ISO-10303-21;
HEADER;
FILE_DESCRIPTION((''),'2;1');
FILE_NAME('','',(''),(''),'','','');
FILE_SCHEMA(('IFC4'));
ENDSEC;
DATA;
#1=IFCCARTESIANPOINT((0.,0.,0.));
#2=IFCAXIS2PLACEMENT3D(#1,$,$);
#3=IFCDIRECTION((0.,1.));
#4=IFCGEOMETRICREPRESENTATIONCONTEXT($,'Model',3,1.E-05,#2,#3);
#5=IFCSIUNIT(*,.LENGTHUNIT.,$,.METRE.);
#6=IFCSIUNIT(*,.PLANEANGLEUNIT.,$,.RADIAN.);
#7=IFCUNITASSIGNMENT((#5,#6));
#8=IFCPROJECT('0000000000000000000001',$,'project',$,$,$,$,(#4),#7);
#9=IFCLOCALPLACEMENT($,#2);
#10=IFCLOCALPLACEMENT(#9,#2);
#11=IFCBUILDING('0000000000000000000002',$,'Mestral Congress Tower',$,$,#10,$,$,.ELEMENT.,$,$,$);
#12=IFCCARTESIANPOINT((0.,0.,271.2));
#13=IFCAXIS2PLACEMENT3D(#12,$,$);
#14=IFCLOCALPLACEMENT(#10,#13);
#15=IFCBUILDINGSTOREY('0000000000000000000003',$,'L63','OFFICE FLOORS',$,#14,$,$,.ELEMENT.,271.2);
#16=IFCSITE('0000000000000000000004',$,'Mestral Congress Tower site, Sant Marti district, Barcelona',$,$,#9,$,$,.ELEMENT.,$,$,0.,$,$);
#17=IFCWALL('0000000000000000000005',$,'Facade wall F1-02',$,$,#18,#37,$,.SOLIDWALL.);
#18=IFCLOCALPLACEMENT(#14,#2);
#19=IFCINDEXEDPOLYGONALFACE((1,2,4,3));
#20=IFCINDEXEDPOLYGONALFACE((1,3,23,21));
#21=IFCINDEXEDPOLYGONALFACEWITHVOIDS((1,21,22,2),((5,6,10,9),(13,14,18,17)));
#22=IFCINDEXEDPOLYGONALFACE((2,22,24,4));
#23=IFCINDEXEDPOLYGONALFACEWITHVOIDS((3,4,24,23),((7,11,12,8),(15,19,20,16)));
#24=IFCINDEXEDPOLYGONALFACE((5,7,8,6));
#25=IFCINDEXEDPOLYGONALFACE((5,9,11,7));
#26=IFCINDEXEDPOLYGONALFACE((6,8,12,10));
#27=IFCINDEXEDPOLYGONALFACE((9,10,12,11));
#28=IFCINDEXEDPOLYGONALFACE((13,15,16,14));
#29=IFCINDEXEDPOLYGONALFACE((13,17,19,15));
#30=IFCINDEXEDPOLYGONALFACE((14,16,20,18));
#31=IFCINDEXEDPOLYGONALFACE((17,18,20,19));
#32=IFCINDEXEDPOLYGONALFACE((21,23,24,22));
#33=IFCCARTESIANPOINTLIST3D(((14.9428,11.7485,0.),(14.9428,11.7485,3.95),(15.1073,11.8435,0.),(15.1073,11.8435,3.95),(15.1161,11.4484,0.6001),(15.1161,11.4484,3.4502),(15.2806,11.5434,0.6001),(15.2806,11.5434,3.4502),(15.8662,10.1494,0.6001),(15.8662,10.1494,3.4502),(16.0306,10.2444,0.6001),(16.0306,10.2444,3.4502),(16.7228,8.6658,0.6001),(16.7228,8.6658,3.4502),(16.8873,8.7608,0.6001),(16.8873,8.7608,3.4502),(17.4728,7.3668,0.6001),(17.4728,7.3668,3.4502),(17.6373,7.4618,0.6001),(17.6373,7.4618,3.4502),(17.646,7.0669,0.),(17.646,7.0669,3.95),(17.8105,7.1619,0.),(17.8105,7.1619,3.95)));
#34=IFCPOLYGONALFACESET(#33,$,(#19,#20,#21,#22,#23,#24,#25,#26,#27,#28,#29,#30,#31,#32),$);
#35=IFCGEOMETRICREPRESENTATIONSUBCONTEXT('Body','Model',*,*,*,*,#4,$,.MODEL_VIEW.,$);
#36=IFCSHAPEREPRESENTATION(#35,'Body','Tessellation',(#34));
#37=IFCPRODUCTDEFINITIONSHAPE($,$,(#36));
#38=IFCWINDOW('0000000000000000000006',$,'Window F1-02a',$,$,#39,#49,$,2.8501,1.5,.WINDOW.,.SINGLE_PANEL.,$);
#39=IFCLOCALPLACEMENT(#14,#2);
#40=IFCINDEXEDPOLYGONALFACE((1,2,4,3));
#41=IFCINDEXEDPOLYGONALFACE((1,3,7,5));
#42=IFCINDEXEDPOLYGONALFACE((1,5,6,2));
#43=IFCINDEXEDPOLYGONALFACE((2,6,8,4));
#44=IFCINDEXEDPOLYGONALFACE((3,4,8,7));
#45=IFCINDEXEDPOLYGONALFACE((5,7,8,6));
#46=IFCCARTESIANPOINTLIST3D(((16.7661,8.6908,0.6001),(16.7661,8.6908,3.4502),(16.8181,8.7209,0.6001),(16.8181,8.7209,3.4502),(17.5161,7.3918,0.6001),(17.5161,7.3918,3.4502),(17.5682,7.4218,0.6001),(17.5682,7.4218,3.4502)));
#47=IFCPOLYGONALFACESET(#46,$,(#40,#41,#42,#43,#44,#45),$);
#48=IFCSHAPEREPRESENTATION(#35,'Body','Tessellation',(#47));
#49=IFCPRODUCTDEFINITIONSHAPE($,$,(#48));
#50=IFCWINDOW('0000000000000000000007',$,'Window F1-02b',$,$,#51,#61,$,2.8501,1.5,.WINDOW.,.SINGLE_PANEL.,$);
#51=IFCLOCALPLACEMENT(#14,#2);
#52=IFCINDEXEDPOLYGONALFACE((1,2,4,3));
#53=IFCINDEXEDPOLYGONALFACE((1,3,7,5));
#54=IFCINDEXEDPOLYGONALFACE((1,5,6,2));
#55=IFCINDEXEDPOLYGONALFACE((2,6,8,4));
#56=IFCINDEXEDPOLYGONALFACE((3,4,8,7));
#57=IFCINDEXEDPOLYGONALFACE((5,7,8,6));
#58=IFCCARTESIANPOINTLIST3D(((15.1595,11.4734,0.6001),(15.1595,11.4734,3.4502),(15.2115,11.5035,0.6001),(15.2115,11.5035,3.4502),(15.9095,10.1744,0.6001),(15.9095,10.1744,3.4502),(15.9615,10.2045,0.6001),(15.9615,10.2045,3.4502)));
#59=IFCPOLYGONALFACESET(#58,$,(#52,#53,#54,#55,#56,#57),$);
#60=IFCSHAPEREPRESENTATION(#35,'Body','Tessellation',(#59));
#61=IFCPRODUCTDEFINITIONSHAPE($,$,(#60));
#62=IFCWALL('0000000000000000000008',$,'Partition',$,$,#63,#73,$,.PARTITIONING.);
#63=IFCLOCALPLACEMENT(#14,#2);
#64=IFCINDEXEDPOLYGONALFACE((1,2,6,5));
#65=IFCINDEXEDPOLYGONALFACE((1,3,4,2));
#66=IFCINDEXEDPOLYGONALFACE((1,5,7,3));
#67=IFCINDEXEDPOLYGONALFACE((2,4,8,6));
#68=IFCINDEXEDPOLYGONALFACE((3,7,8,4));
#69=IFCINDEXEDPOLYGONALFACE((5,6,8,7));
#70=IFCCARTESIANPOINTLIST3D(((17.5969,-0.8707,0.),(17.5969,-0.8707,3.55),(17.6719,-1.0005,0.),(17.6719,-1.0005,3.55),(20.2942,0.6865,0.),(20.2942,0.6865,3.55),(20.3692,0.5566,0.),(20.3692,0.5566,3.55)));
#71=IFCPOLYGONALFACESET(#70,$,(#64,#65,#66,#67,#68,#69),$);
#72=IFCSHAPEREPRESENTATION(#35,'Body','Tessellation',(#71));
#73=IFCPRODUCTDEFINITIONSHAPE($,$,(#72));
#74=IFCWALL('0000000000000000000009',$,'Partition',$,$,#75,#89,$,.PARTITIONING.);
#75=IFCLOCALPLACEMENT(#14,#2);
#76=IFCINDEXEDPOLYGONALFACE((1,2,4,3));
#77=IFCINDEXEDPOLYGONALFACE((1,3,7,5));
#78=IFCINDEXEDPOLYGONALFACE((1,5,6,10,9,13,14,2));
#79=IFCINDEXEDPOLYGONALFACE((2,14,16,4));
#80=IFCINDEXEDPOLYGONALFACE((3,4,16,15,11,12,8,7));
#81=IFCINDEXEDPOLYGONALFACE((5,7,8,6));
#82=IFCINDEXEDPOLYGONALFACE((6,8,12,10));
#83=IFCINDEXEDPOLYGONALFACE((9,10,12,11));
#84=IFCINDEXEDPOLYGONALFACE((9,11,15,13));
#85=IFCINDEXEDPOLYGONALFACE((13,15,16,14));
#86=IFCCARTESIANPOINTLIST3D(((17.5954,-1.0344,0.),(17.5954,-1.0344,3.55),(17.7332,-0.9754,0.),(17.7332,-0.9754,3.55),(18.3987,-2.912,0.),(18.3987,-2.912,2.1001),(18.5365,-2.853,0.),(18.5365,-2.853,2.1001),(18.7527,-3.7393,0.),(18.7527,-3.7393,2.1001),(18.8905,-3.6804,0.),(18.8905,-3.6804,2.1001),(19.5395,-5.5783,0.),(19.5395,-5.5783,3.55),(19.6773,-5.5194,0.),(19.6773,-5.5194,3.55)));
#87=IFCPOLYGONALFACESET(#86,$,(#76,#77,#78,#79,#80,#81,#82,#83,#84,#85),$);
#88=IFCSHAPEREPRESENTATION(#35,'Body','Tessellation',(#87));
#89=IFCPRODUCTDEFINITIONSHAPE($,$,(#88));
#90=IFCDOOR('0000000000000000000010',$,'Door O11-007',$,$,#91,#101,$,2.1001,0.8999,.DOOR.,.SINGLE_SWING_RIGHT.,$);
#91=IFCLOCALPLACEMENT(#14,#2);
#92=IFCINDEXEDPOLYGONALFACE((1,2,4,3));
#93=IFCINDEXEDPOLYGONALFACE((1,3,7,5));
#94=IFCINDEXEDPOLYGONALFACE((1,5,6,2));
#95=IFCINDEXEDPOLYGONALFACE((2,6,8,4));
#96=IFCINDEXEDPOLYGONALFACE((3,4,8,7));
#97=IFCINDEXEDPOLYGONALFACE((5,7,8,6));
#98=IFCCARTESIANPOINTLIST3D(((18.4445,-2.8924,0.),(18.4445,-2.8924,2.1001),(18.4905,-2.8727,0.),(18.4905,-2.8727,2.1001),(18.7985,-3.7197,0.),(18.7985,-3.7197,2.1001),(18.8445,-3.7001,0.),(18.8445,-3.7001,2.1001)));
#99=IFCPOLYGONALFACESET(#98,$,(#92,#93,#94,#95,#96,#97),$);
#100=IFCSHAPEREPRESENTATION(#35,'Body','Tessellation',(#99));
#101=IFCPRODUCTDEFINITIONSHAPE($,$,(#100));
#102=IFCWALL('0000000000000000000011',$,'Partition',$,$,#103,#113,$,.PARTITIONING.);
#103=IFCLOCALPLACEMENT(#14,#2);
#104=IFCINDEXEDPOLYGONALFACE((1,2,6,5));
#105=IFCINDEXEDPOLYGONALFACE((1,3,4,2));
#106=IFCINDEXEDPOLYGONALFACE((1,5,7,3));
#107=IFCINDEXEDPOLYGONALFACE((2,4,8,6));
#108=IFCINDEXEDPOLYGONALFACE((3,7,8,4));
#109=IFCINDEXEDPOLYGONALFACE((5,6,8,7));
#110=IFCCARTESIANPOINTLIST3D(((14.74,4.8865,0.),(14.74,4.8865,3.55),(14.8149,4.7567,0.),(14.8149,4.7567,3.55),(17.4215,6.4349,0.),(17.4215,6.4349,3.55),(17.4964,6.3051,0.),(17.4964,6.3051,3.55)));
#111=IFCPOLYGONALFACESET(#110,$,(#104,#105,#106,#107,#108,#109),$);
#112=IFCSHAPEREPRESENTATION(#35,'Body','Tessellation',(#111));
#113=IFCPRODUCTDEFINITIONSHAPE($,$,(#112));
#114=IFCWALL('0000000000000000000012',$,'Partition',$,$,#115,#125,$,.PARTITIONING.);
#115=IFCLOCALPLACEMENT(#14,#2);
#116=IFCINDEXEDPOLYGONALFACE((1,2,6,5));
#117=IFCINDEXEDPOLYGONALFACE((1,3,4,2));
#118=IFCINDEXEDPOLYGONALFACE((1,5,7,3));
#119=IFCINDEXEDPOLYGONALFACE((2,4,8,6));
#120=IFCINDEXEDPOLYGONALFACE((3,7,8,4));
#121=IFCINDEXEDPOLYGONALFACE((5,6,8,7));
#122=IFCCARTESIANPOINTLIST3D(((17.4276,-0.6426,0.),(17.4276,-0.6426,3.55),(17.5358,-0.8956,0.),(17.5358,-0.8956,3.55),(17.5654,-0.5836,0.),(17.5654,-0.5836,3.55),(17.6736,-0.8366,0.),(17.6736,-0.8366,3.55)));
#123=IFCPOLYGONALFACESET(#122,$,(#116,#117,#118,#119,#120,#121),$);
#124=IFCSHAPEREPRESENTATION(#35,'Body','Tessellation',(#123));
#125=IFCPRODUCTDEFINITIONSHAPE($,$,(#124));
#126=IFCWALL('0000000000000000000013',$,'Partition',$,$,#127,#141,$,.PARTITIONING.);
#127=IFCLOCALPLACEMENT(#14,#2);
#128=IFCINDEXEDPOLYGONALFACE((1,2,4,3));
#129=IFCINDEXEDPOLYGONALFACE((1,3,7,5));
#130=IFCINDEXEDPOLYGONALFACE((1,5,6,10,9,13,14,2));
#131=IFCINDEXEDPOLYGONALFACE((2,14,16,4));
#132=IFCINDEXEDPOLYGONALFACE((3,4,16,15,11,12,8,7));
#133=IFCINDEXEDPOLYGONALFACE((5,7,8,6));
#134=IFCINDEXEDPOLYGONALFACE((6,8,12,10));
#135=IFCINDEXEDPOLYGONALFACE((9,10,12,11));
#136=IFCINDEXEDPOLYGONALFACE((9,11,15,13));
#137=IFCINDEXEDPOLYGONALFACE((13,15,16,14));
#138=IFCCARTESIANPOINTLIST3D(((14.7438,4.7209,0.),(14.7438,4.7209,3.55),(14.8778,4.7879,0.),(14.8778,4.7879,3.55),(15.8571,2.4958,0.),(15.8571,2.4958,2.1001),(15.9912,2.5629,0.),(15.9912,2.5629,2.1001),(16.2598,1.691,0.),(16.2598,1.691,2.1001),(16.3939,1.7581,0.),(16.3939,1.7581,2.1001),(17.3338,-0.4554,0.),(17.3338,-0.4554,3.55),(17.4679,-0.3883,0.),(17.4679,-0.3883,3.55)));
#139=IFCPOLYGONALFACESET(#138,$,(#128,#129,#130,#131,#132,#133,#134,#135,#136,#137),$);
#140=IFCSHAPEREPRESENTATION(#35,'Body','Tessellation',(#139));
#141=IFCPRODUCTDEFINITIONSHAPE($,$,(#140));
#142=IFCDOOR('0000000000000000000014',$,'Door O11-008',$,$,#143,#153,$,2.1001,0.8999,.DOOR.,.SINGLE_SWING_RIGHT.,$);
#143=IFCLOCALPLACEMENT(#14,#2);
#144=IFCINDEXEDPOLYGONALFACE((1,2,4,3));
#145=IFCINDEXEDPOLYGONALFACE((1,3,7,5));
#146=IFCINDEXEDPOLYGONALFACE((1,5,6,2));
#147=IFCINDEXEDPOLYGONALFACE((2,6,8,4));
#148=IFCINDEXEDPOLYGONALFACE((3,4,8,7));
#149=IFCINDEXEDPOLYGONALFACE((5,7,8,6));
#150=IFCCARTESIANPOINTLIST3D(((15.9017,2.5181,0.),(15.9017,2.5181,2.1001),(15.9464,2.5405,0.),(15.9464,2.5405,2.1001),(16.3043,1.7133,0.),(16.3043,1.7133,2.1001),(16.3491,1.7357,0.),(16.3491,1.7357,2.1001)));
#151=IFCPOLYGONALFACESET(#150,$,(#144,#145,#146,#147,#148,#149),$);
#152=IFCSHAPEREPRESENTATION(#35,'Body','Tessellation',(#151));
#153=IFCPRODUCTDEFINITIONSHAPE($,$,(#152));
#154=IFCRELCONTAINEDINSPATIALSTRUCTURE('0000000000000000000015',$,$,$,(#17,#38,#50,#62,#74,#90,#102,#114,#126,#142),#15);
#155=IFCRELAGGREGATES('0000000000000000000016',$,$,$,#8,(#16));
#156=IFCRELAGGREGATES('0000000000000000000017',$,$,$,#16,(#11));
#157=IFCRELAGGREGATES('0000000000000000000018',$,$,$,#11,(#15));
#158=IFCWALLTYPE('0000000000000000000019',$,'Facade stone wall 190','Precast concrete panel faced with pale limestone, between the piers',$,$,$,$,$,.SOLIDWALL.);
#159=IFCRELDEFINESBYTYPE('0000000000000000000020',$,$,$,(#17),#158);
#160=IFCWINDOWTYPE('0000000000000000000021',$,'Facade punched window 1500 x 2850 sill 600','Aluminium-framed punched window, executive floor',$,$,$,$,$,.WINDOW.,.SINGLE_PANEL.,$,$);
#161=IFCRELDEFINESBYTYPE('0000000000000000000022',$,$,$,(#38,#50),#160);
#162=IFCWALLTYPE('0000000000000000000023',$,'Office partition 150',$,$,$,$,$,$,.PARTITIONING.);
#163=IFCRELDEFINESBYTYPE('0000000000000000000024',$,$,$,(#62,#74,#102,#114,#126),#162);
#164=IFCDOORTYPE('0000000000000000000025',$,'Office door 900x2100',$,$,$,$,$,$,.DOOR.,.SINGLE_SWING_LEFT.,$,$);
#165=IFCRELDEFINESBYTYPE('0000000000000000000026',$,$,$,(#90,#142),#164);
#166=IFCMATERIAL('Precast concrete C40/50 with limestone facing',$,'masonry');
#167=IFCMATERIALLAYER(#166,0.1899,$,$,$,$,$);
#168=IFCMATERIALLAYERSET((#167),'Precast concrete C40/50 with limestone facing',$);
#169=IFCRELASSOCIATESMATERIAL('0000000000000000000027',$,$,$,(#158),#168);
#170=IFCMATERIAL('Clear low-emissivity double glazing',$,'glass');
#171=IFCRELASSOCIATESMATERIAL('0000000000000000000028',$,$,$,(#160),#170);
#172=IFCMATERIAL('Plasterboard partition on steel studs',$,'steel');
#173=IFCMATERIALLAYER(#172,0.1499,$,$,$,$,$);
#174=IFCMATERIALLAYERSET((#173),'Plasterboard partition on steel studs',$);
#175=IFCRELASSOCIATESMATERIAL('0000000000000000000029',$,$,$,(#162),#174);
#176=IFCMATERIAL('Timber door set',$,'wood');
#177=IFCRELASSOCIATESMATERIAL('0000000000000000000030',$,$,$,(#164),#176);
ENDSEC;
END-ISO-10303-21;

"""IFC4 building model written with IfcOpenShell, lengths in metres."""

from ifc_helpers import new_model, si_unit, direction, frame, frame_2d, origin, place, context, subcontext, project, spatial, rectangle, extrude, material, layer, layer_set, type_object, element, fill, save


model = new_model("IFC4")

# Units and contexts
model_context = context("Model", 3, precision=1e-05, world=origin(), true_north=direction((0.0, 1.0)))
body_context = subcontext(model_context, "Body", "Model", "MODEL_VIEW")
ifc_project = project(units=[si_unit("LENGTHUNIT", "METRE"), si_unit("PLANEANGLEUNIT", "RADIAN")], contexts=[model_context])

# Site, building, storey
site_placement = place(None, origin())
site = spatial("IfcSite", under=ifc_project, at=site_placement, Name="Mestral Congress Tower site, Sant Marti district, Barcelona", CompositionType="ELEMENT", RefElevation=0.0)
building_placement = place(site_placement, origin())
building = spatial("IfcBuilding", under=site, at=building_placement, Name="Mestral Congress Tower", CompositionType="ELEMENT")
storey_placement = place(building_placement, frame((0.0, 0.0, 271.2)))
storey = spatial("IfcBuildingStorey", under=building, at=storey_placement, Name="L63", Description="OFFICE FLOORS", CompositionType="ELEMENT", Elevation=271.2)

# Wall, openings, windows
ifc_material_1 = material(Name="Precast concrete C40/50 with limestone facing", Category="masonry")
ifc_layer_1 = layer(ifc_material_1, 0.1899)
ifc_layer_set_1 = layer_set([ifc_layer_1], Name="Precast concrete C40/50 with limestone facing")
wall_type_1 = type_object("IfcWallType", Name="Facade stone wall 190", Description="Precast concrete panel faced with pale limestone, between the piers", PredefinedType="SOLIDWALL", material=ifc_layer_set_1)
ifc_material_2 = material(Name="Clear low-emissivity double glazing", Category="glass")
window_type = type_object("IfcWindowType", Name="Facade punched window 1500 x 2850 sill 600", Description="Aluminium-framed punched window, executive floor", PartitioningType="SINGLE_PANEL", PredefinedType="WINDOW", material=ifc_material_2)
wall_1_placement = place(storey_placement, frame((17.7283, 7.1143, 0.0), z_axis=(0.0, 0.0, 1.0), x_axis=(-0.500025, 0.866011, 0.0)))
wall_1 = element("IfcWall", 1, at=wall_1_placement, inside=storey, type_object=wall_type_1, Name="Facade wall F1-02", PredefinedType="SOLIDWALL", context=body_context, shape_type="SweptSolid", body=[
    extrude(rectangle(XDim=5.406, YDim=0.1899, at=frame_2d((2.7031, 0.0))), origin(), (0.0, 0.0, 1.0), 3.95),
])
opening_1_placement = place(wall_1_placement, frame((0.3464, 0.0, 0.6001)))
opening_1 = element("IfcOpeningElement", 2, at=opening_1_placement, cuts=wall_1, PredefinedType="OPENING", context=body_context, shape_type="SweptSolid", body=[
    extrude(rectangle(XDim=1.5, YDim=2.8501, at=frame_2d((0.75, 1.425))), frame((0.0, 0.105, 0.0), z_axis=(0.0, -1.0, 0.0), x_axis=(1.0, 0.0, 0.0)), (0.0, 0.0, 1.0), 0.21),
])
opening_2_placement = place(wall_1_placement, frame((3.5596, 0.0, 0.6001)))
opening_2 = element("IfcOpeningElement", 3, at=opening_2_placement, cuts=wall_1, PredefinedType="OPENING", context=body_context, shape_type="SweptSolid", body=[
    extrude(rectangle(XDim=1.5, YDim=2.8501, at=frame_2d((0.75, 1.425))), frame((0.0, 0.105, 0.0), z_axis=(0.0, -1.0, 0.0), x_axis=(1.0, 0.0, 0.0)), (0.0, 0.0, 1.0), 0.21),
])
window_1_placement = place(opening_1_placement, origin())
window_1 = element("IfcWindow", 4, at=window_1_placement, inside=storey, type_object=window_type, Name="Window F1-02a", OverallHeight=2.8501, OverallWidth=1.5, PartitioningType="SINGLE_PANEL", PredefinedType="WINDOW", context=body_context, shape_type="SweptSolid", body=[
    extrude(rectangle(XDim=1.5, YDim=2.8501, at=frame_2d((0.75, 1.425))), frame((0.0, 0.0449, 0.0), z_axis=(0.0, -1.0, 0.0), x_axis=(1.0, 0.0, 0.0)), (0.0, 0.0, 1.0), 0.0601),
])
fill(opening_1, window_1)
window_2_placement = place(opening_2_placement, origin())
window_2 = element("IfcWindow", 5, at=window_2_placement, inside=storey, type_object=window_type, Name="Window F1-02b", OverallHeight=2.8501, OverallWidth=1.5, PartitioningType="SINGLE_PANEL", PredefinedType="WINDOW", context=body_context, shape_type="SweptSolid", body=[
    extrude(rectangle(XDim=1.5, YDim=2.8501, at=frame_2d((0.75, 1.425))), frame((0.0, 0.0449, 0.0), z_axis=(0.0, -1.0, 0.0), x_axis=(1.0, 0.0, 0.0)), (0.0, 0.0, 1.0), 0.0601),
])
fill(opening_2, window_2)

# Wall
ifc_material_3 = material(Name="Plasterboard partition on steel studs", Category="steel")
ifc_layer_2 = layer(ifc_material_3, 0.1499)
ifc_layer_set_2 = layer_set([ifc_layer_2], Name="Plasterboard partition on steel studs")
wall_type_2 = type_object("IfcWallType", Name="Office partition 150", PredefinedType="PARTITIONING", material=ifc_layer_set_2)
wall_2_placement = place(storey_placement, frame((17.6345, -0.9355, 0.0), z_axis=(0.0, 0.0, 1.0), x_axis=(0.866045, 0.499967, 0.0)))
element("IfcWall", 6, at=wall_2_placement, inside=storey, type_object=wall_type_2, Name="Partition", PredefinedType="PARTITIONING", context=body_context, shape_type="SweptSolid", body=[
    extrude(rectangle(XDim=3.1145, YDim=0.1499, at=frame_2d((1.5571, 0.0))), origin(), (0.0, 0.0, 1.0), 3.55),
])

# Wall, opening, door
wall_3_placement = place(storey_placement, frame((17.6643, -1.0049, 0.0), z_axis=(0.0, 0.0, 1.0), x_axis=(0.393353, -0.919388, 0.0)))
wall_3 = element("IfcWall", 7, at=wall_3_placement, inside=storey, type_object=wall_type_2, Name="Partition", PredefinedType="PARTITIONING", context=body_context, shape_type="SweptSolid", body=[
    extrude(rectangle(XDim=4.9424, YDim=0.1499, at=frame_2d((2.4712, 0.0))), origin(), (0.0, 0.0, 1.0), 3.55),
])
opening_3_placement = place(wall_3_placement, frame((2.0422, 0.0, 0.0)))
opening_3 = element("IfcOpeningElement", 8, at=opening_3_placement, cuts=wall_3, PredefinedType="OPENING", context=body_context, shape_type="SweptSolid", body=[
    extrude(rectangle(XDim=0.8999, YDim=2.1001, at=frame_2d((0.45, 1.05))), frame((0.0, 0.085, 0.0), z_axis=(0.0, -1.0, 0.0), x_axis=(1.0, 0.0, 0.0)), (0.0, 0.0, 1.0), 0.1699),
])
ifc_material_4 = material(Name="Timber door set", Category="wood")
door_type_1 = type_object("IfcDoorType", Name="Office door 900x2100", OperationType="SINGLE_SWING_LEFT", PredefinedType="DOOR", material=ifc_material_4)
door_1_placement = place(opening_3_placement, origin())
door_1 = element("IfcDoor", 9, at=door_1_placement, inside=storey, type_object=door_type_1, Name="Door O11-007", OperationType="SINGLE_SWING_RIGHT", OverallHeight=2.1001, OverallWidth=0.8999, PredefinedType="DOOR", context=body_context, shape_type="SweptSolid", body=[
    extrude(rectangle(XDim=0.8999, YDim=2.1001, at=frame_2d((0.45, 1.05))), frame((0.0, 0.0249, 0.0), z_axis=(0.0, -1.0, 0.0), x_axis=(1.0, 0.0, 0.0)), (0.0, 0.0, 1.0), 0.05),
])
fill(opening_3, door_1)

# Walls
wall_4_placement = place(storey_placement, frame((14.7773, 4.8215, 0.0), z_axis=(0.0, 0.0, 1.0), x_axis=(0.865993, 0.500057, 0.0)))
element("IfcWall", 10, at=wall_4_placement, inside=storey, type_object=wall_type_2, Name="Partition", PredefinedType="PARTITIONING", context=body_context, shape_type="SweptSolid", body=[
    extrude(rectangle(XDim=3.0964, YDim=0.1499, at=frame_2d((1.5483, 0.0))), origin(), (0.0, 0.0, 1.0), 3.55),
])
wall_5_placement = place(storey_placement, frame((17.6047, -0.8662, 0.0), z_axis=(0.0, 0.0, 1.0), x_axis=(-0.393169, 0.919466, 0.0)))
element("IfcWall", 11, at=wall_5_placement, inside=storey, type_object=wall_type_2, Name="Partition", PredefinedType="PARTITIONING", context=body_context, shape_type="SweptSolid", body=[
    extrude(rectangle(XDim=0.2751, YDim=0.1499, at=frame_2d((0.1377, 0.0))), origin(), (0.0, 0.0, 1.0), 3.55),
])

# Wall, opening, door
wall_6_placement = place(storey_placement, frame((14.8108, 4.7544, 0.0), z_axis=(0.0, 0.0, 1.0), x_axis=(0.447484, -0.894292, 0.0)))
wall_6 = element("IfcWall", 12, at=wall_6_placement, inside=storey, type_object=wall_type_2, Name="Partition", PredefinedType="PARTITIONING", context=body_context, shape_type="SweptSolid", body=[
    extrude(rectangle(XDim=5.7881, YDim=0.1499, at=frame_2d((2.894, 0.0))), origin(), (0.0, 0.0, 1.0), 3.55),
])
opening_4_placement = place(wall_6_placement, frame((2.488, 0.0, 0.0)))
opening_4 = element("IfcOpeningElement", 13, at=opening_4_placement, cuts=wall_6, PredefinedType="OPENING", context=body_context, shape_type="SweptSolid", body=[
    extrude(rectangle(XDim=0.8999, YDim=2.1001, at=frame_2d((0.45, 1.05))), frame((0.0, 0.085, 0.0), z_axis=(0.0, -1.0, 0.0), x_axis=(1.0, 0.0, 0.0)), (0.0, 0.0, 1.0), 0.1699),
])
door_2_placement = place(opening_4_placement, origin())
door_2 = element("IfcDoor", 14, at=door_2_placement, inside=storey, type_object=door_type_1, Name="Door O11-008", OperationType="SINGLE_SWING_RIGHT", OverallHeight=2.1001, OverallWidth=0.8999, PredefinedType="DOOR", context=body_context, shape_type="SweptSolid", body=[
    extrude(rectangle(XDim=0.8999, YDim=2.1001, at=frame_2d((0.45, 1.05))), frame((0.0, 0.0249, 0.0), z_axis=(0.0, -1.0, 0.0), x_axis=(1.0, 0.0, 0.0)), (0.0, 0.0, 1.0), 0.05),
])
fill(opening_4, door_2)

save(model, "model.ifc")
